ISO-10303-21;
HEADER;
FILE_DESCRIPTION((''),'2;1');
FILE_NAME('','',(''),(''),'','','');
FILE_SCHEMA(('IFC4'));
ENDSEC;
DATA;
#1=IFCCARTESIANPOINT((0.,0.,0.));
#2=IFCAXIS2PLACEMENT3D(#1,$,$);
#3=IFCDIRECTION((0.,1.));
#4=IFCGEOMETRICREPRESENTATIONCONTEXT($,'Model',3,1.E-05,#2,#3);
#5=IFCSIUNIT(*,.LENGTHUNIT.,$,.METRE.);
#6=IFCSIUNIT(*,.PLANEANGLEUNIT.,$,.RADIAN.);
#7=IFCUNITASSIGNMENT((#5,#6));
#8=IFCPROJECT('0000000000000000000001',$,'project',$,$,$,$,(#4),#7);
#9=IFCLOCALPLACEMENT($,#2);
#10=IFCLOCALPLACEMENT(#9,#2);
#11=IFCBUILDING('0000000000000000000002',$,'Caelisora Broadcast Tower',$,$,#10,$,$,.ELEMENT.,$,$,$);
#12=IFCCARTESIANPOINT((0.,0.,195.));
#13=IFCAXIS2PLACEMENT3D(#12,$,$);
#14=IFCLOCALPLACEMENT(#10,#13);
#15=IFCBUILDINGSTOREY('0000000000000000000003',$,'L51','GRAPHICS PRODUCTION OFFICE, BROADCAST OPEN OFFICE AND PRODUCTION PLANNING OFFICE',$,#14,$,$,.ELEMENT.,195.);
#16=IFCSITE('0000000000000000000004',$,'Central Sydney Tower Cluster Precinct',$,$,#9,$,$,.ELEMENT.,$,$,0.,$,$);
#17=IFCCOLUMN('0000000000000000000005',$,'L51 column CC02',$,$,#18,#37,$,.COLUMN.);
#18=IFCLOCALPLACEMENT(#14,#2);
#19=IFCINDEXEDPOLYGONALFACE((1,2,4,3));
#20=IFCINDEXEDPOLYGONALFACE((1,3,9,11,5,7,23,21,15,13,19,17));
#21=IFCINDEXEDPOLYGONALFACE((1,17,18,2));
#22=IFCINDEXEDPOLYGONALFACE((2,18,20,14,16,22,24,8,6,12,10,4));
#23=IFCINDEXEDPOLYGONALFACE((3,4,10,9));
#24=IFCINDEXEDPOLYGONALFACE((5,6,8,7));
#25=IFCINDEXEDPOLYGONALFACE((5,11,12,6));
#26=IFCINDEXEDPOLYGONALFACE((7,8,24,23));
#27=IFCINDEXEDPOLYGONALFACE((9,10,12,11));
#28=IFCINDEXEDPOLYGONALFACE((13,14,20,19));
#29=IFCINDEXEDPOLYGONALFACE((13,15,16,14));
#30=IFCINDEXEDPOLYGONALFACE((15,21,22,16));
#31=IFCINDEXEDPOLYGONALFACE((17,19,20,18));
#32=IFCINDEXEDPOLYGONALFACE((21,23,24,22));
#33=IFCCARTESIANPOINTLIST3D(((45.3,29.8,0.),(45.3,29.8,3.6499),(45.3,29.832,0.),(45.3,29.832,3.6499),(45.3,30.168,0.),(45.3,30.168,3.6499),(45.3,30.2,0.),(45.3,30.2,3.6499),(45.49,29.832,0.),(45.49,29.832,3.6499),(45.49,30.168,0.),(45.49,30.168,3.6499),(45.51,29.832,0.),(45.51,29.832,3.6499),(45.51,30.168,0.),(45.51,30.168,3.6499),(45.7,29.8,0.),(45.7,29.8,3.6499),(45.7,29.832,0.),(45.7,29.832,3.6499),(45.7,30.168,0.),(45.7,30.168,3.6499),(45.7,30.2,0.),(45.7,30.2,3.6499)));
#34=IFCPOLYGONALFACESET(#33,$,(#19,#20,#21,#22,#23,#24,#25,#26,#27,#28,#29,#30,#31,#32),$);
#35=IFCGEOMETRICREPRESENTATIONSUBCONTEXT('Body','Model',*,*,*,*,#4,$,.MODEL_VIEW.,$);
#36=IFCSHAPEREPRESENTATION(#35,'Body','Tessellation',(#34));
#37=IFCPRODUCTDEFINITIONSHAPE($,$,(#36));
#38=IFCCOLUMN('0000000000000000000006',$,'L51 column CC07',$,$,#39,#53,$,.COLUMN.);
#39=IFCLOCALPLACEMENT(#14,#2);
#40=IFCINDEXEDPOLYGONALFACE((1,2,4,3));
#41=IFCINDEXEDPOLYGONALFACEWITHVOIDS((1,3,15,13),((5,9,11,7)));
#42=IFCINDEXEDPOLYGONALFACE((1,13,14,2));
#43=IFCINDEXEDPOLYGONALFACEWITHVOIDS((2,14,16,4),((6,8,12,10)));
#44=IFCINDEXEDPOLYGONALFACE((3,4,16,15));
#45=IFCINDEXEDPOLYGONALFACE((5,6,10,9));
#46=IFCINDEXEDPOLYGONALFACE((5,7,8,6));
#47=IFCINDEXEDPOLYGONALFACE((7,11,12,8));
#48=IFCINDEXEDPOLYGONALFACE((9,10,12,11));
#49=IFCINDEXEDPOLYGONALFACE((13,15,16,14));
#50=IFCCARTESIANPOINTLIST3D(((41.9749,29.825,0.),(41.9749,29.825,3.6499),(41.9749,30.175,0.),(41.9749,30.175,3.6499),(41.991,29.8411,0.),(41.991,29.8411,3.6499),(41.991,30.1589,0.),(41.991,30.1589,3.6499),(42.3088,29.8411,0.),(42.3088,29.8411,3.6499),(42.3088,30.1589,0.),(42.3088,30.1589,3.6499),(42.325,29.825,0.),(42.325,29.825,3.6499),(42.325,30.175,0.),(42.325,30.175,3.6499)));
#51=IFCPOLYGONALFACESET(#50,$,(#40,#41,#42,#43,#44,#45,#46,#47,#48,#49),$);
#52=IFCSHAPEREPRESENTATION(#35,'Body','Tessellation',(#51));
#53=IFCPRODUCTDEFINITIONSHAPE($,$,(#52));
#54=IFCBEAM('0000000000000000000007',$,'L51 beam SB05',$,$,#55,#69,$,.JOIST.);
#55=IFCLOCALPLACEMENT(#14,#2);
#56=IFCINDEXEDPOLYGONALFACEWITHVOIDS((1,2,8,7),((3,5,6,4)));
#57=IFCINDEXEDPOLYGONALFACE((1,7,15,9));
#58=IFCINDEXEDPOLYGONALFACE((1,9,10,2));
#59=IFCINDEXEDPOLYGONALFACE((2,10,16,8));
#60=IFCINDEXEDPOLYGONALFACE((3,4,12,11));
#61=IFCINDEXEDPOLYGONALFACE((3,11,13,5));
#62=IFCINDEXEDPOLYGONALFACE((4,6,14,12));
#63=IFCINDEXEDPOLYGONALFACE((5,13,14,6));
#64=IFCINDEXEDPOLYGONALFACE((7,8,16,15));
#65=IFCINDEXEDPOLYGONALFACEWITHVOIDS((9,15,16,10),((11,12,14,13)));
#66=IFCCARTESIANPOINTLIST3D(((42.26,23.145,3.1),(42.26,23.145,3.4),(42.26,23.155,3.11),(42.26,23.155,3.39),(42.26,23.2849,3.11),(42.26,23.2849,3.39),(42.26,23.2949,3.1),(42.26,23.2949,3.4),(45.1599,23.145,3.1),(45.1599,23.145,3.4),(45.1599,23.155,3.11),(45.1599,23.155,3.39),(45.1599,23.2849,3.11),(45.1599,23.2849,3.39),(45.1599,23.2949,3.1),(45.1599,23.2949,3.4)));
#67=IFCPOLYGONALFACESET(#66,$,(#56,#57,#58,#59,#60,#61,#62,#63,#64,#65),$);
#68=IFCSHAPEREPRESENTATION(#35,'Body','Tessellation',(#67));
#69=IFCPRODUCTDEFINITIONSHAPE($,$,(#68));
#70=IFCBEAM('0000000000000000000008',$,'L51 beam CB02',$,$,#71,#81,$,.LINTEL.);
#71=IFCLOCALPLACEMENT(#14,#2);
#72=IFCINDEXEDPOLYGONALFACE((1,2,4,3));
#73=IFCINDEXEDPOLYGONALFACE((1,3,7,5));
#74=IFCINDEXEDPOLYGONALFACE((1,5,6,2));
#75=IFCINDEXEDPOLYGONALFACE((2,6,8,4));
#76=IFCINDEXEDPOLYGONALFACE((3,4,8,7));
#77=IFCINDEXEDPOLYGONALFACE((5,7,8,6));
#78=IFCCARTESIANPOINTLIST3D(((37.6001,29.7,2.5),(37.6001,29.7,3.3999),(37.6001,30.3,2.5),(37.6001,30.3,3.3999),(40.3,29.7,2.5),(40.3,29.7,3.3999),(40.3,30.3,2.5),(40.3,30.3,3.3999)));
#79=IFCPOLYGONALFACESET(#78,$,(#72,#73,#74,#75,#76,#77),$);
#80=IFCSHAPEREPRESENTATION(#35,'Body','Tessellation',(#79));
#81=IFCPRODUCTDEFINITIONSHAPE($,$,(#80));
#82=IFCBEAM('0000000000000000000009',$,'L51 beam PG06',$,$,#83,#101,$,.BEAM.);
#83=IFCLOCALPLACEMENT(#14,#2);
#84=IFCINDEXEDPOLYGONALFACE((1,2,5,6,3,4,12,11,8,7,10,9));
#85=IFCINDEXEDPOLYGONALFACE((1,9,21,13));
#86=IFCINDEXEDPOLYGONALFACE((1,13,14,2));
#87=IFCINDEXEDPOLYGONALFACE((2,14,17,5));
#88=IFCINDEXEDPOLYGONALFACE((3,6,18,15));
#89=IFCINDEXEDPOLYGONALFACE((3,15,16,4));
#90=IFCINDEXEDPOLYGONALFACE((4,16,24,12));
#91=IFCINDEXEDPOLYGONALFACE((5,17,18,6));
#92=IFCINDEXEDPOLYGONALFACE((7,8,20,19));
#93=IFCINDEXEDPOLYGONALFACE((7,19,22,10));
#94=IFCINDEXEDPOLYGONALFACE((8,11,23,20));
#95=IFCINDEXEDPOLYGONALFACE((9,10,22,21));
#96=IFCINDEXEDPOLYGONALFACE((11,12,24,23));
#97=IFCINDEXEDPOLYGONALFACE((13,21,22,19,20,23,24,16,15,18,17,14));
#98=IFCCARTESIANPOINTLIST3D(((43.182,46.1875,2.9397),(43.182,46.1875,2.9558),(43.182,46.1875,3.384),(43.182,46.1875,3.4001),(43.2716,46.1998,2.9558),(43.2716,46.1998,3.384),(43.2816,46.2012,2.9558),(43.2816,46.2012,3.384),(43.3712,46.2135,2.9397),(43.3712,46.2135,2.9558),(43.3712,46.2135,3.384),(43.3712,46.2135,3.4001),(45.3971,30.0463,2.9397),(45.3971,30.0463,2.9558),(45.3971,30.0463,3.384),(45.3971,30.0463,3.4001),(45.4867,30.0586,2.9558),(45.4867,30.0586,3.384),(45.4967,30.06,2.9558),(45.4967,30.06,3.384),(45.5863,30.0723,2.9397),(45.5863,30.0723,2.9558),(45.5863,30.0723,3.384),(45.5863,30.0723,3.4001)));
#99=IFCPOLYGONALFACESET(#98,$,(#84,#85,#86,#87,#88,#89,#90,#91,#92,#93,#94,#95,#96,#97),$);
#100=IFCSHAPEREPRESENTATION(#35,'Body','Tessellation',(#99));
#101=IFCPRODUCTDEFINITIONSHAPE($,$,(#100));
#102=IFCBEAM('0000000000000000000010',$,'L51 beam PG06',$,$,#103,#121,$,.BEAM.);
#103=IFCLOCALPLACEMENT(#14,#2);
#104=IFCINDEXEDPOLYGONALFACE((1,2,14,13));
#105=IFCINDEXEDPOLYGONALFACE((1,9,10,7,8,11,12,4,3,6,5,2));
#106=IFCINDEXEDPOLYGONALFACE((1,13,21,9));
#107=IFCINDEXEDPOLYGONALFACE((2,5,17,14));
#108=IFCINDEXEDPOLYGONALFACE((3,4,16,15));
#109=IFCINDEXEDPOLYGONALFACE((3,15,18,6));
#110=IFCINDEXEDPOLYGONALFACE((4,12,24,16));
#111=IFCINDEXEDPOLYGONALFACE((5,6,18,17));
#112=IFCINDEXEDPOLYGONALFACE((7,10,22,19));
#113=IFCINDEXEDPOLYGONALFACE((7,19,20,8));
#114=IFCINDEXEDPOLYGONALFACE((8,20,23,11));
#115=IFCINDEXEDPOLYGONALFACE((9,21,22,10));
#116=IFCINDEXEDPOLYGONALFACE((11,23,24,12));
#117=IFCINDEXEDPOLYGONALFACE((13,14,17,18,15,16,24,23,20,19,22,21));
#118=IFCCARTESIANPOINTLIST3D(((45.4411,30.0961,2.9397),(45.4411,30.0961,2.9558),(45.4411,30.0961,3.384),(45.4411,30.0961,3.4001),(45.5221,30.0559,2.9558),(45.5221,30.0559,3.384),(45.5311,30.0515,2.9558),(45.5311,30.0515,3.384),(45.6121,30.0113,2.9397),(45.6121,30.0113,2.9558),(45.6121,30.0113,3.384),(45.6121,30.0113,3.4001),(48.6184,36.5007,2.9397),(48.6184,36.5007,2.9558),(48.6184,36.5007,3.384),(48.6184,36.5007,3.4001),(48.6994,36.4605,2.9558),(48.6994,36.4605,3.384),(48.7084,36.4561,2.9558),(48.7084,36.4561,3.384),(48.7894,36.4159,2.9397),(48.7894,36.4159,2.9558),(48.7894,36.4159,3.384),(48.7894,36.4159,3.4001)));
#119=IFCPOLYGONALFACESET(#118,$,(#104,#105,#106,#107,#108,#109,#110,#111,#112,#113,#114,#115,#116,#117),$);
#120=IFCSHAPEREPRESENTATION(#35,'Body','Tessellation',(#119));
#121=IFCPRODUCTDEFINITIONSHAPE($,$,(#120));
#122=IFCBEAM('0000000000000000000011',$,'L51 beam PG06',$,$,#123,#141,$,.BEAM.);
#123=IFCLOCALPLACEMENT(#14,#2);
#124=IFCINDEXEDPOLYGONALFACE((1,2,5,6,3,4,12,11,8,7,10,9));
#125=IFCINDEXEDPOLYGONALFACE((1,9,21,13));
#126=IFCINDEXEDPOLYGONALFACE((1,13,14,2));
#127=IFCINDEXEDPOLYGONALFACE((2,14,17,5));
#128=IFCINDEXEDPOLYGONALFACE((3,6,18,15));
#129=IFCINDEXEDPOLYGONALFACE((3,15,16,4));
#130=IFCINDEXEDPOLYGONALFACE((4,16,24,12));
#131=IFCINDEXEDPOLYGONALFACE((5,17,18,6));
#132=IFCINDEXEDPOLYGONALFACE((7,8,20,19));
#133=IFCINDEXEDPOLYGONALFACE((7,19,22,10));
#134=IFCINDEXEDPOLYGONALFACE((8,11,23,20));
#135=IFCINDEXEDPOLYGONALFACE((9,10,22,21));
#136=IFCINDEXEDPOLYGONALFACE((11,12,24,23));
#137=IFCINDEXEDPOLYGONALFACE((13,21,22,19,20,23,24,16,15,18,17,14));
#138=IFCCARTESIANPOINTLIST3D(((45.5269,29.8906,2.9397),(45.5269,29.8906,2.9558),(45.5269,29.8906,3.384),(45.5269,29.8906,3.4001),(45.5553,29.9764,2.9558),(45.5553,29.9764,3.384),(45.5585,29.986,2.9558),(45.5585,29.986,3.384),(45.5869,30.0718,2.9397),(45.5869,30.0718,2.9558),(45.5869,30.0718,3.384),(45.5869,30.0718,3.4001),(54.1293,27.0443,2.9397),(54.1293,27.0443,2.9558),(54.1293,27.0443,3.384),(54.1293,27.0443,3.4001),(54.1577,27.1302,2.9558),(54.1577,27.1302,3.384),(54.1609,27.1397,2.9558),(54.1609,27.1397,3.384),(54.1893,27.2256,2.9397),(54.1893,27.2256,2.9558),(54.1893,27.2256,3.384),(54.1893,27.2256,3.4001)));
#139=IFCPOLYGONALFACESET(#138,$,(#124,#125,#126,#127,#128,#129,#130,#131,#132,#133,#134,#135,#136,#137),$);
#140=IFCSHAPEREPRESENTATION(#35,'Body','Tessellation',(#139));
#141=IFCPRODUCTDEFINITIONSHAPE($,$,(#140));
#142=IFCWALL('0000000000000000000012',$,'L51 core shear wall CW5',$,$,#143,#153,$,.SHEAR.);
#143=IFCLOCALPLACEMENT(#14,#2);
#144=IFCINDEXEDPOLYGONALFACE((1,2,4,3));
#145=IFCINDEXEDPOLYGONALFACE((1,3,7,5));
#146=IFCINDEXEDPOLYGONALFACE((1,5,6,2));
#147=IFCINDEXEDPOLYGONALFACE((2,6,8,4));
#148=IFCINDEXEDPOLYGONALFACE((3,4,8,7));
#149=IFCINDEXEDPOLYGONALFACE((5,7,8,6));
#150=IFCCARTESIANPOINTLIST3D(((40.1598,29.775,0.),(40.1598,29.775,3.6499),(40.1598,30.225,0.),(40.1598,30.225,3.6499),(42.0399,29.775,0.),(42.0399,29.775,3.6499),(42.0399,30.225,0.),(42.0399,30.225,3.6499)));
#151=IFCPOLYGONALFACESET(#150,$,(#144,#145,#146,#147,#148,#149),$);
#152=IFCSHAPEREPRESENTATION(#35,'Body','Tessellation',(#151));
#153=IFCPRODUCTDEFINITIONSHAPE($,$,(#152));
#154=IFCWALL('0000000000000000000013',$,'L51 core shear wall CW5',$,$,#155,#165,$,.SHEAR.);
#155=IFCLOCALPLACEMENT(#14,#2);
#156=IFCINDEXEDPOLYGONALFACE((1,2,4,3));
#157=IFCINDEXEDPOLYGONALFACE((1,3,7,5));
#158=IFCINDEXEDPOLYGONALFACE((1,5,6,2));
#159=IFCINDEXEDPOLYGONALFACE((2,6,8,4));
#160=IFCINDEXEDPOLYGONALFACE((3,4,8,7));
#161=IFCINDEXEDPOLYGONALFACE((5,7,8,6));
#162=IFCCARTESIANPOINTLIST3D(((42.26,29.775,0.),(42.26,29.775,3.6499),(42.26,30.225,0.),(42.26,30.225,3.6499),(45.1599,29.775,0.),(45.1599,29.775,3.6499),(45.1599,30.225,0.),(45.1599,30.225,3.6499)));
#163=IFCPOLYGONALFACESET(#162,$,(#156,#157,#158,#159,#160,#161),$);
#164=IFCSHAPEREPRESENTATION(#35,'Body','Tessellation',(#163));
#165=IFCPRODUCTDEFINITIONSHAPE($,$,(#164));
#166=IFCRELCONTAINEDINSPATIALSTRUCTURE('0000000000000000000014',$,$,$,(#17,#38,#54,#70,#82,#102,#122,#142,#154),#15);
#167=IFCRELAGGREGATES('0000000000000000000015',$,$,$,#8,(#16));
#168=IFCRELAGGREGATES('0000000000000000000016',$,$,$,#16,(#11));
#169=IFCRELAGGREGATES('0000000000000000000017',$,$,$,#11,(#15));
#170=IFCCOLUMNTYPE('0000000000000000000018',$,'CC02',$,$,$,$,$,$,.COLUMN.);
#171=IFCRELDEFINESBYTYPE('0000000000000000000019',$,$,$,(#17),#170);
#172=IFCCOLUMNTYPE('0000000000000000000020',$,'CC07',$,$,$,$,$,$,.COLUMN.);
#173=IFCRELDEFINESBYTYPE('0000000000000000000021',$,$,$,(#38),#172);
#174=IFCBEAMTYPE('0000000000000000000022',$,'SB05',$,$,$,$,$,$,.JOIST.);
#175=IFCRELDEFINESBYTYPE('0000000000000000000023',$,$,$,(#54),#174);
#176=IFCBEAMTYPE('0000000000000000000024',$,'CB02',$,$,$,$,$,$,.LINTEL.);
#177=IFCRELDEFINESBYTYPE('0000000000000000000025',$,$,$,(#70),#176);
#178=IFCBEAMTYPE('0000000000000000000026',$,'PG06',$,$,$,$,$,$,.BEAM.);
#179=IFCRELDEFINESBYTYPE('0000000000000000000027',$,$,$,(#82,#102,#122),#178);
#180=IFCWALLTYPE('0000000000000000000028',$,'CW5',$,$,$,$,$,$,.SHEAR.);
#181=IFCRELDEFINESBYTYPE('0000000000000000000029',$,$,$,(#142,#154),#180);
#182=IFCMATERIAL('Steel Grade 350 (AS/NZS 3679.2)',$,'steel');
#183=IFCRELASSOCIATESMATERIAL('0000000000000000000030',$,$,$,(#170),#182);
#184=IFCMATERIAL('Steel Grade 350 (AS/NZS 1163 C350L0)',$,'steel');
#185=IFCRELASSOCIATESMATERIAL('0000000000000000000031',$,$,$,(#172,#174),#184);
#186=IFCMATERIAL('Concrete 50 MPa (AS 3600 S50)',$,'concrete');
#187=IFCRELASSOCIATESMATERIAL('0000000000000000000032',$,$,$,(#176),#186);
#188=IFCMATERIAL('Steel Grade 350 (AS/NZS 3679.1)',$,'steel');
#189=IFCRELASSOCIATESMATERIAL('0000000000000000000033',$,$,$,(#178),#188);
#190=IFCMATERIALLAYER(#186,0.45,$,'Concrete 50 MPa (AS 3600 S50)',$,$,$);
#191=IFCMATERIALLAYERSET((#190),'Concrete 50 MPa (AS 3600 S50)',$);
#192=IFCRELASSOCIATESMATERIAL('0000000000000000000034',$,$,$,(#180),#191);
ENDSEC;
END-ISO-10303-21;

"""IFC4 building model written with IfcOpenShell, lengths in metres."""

from ifc_helpers import new_model, si_unit, direction, frame, frame_2d, origin, origin_2d, place, context, subcontext, project, spatial, rectangle, hollow_rectangle, i_section, extrude, source, transform, mapped, material, layer, layer_set, material_profile, profile_set, type_object, type_shapes, element, save


model = new_model("IFC4")

# Units and contexts
model_context = context("Model", 3, precision=1e-05, world=origin(), true_north=direction((0.0, 1.0)))
body_context = subcontext(model_context, "Body", "Model", "MODEL_VIEW")
ifc_project = project(units=[si_unit("LENGTHUNIT", "METRE"), si_unit("PLANEANGLEUNIT", "RADIAN")], contexts=[model_context])

# Site, building, storey
site_placement = place(None, origin())
site = spatial("IfcSite", under=ifc_project, at=site_placement, Name="Central Sydney Tower Cluster Precinct", CompositionType="ELEMENT", RefElevation=0.0)
building_placement = place(site_placement, origin())
building = spatial("IfcBuilding", under=site, at=building_placement, Name="Caelisora Broadcast Tower", CompositionType="ELEMENT")
storey_placement = place(building_placement, frame((0.0, 0.0, 195.0)))
storey = spatial("IfcBuildingStorey", under=building, at=storey_placement, Name="L51", Description="GRAPHICS PRODUCTION OFFICE, BROADCAST OPEN OFFICE AND PRODUCTION PLANNING OFFICE", CompositionType="ELEMENT", Elevation=195.0)

# Columns
ifc_material_1 = material(Name="Steel Grade 350 (AS/NZS 3679.2)", Category="steel")
ifc_material_profile_1 = material_profile(ifc_material_1, i_section(OverallWidth=0.3999, OverallDepth=0.3999, WebThickness=0.02, FlangeThickness=0.032, at=origin_2d()), Name="Steel Grade 350 (AS/NZS 3679.2)")
ifc_profile_set_1 = profile_set([ifc_material_profile_1], Name="Steel Grade 350 (AS/NZS 3679.2)")
column_type_1 = type_object("IfcColumnType", Name="CC02", PredefinedType="COLUMN", material=ifc_profile_set_1)
shared_shape_1 = source(origin(), body_context, "Body", "SweptSolid", [
    extrude(i_section(OverallWidth=0.3999, OverallDepth=0.3999, WebThickness=0.02, FlangeThickness=0.032, at=origin_2d()), origin(), (0.0, 0.0, 1.0), 3.6499),
])
type_shapes(column_type_1, [shared_shape_1])
column_1_placement = place(storey_placement, frame((45.5, 30.0, 0.0), z_axis=(0.0, 0.0, 1.0), x_axis=(1.0, 0.0, 0.0)))
element("IfcColumn", 1, at=column_1_placement, inside=storey, type_object=column_type_1, Name="L51 column CC02", PredefinedType="COLUMN", context=body_context, shape_type="MappedRepresentation", body=[
    mapped(shared_shape_1, transform((0.0, 0.0, 0.0), scale=1.0)),
])
ifc_material_2 = material(Name="Steel Grade 350 (AS/NZS 1163 C350L0)", Category="steel")
ifc_material_profile_2 = material_profile(ifc_material_2, hollow_rectangle(XDim=0.3501, YDim=0.3501, WallThickness=0.0161, at=origin_2d()), Name="Steel Grade 350 (AS/NZS 1163 C350L0)")
ifc_profile_set_2 = profile_set([ifc_material_profile_2], Name="Steel Grade 350 (AS/NZS 1163 C350L0)")
column_type_2 = type_object("IfcColumnType", Name="CC07", PredefinedType="COLUMN", material=ifc_profile_set_2)
shared_shape_2 = source(origin(), body_context, "Body", "SweptSolid", [
    extrude(hollow_rectangle(XDim=0.3501, YDim=0.3501, WallThickness=0.0161, at=origin_2d()), origin(), (0.0, 0.0, 1.0), 3.6499),
])
type_shapes(column_type_2, [shared_shape_2])
column_2_placement = place(storey_placement, frame((42.1499, 30.0, 0.0), z_axis=(0.0, 0.0, 1.0), x_axis=(1.0, 0.0, 0.0)))
element("IfcColumn", 2, at=column_2_placement, inside=storey, type_object=column_type_2, Name="L51 column CC07", PredefinedType="COLUMN", context=body_context, shape_type="MappedRepresentation", body=[
    mapped(shared_shape_2, transform((0.0, 0.0, 0.0), scale=1.0)),
])

# Beams
ifc_material_profile_3 = material_profile(ifc_material_2, hollow_rectangle(XDim=0.1499, YDim=0.3, WallThickness=0.01, at=origin_2d()), Name="Steel Grade 350 (AS/NZS 1163 C350L0)")
ifc_profile_set_3 = profile_set([ifc_material_profile_3], Name="Steel Grade 350 (AS/NZS 1163 C350L0)")
beam_type_1 = type_object("IfcBeamType", Name="SB05", PredefinedType="JOIST", material=ifc_profile_set_3)
shared_shape_3 = source(origin(), body_context, "Body", "SweptSolid", [
    extrude(hollow_rectangle(XDim=0.1499, YDim=0.3, WallThickness=0.01, at=origin_2d()), origin(), (0.0, 0.0, 1.0), 2.8999),
])
type_shapes(beam_type_1, [shared_shape_3])
beam_1_placement = place(storey_placement, frame((42.26, 23.22, 3.25), z_axis=(1.0, 0.0, 0.0), x_axis=(0.0, 1.0, 0.0)))
element("IfcBeam", 3, at=beam_1_placement, inside=storey, type_object=beam_type_1, Name="L51 beam SB05", PredefinedType="JOIST", context=body_context, shape_type="MappedRepresentation", body=[
    mapped(shared_shape_3, transform((0.0, 0.0, 0.0), scale=1.0)),
])
ifc_material_3 = material(Name="Concrete 50 MPa (AS 3600 S50)", Category="concrete")
ifc_material_profile_4 = material_profile(ifc_material_3, rectangle(XDim=0.6001, YDim=0.8999, at=origin_2d()), Name="Concrete 50 MPa (AS 3600 S50)")
ifc_profile_set_4 = profile_set([ifc_material_profile_4], Name="Concrete 50 MPa (AS 3600 S50)")
beam_type_2 = type_object("IfcBeamType", Name="CB02", PredefinedType="LINTEL", material=ifc_profile_set_4)
shared_shape_4 = source(origin(), body_context, "Body", "SweptSolid", [
    extrude(rectangle(XDim=0.6001, YDim=0.8999, at=origin_2d()), origin(), (0.0, 0.0, 1.0), 2.7),
])
type_shapes(beam_type_2, [shared_shape_4])
beam_2_placement = place(storey_placement, frame((37.6001, 30.0, 2.95), z_axis=(1.0, 0.0, 0.0), x_axis=(0.0, 1.0, 0.0)))
element("IfcBeam", 4, at=beam_2_placement, inside=storey, type_object=beam_type_2, Name="L51 beam CB02", PredefinedType="LINTEL", context=body_context, shape_type="MappedRepresentation", body=[
    mapped(shared_shape_4, transform((0.0, 0.0, 0.0), scale=1.0)),
])
ifc_material_4 = material(Name="Steel Grade 350 (AS/NZS 3679.1)", Category="steel")
ifc_material_profile_5 = material_profile(ifc_material_4, i_section(OverallWidth=0.1909, OverallDepth=0.4604, WebThickness=0.01, FlangeThickness=0.0161, at=origin_2d()), Name="Steel Grade 350 (AS/NZS 3679.1)")
ifc_profile_set_5 = profile_set([ifc_material_profile_5], Name="Steel Grade 350 (AS/NZS 3679.1)")
beam_type_3 = type_object("IfcBeamType", Name="PG06", PredefinedType="BEAM", material=ifc_profile_set_5)
shared_shape_5 = source(origin(), body_context, "Body", "SweptSolid", [
    extrude(i_section(OverallWidth=0.1909, OverallDepth=0.4604, WebThickness=0.01, FlangeThickness=0.0161, at=origin_2d()), origin(), (0.0, 0.0, 1.0), 16.2925),
])
beam_3_placement = place(storey_placement, frame((45.4917, 30.0593, 3.1699), z_axis=(-0.135958, 0.990715, 0.0), x_axis=(-0.990715, -0.135958, 0.0)))
element("IfcBeam", 5, at=beam_3_placement, inside=storey, type_object=beam_type_3, Name="L51 beam PG06", PredefinedType="BEAM", context=body_context, shape_type="MappedRepresentation", body=[
    mapped(shared_shape_5, transform((0.0, 0.0, 0.0), scale=1.0)),
])
shared_shape_6 = source(origin(), body_context, "Body", "SweptSolid", [
    extrude(i_section(OverallWidth=0.1909, OverallDepth=0.4604, WebThickness=0.01, FlangeThickness=0.0161, at=origin_2d()), origin(), (0.0, 0.0, 1.0), 7.1494),
])
beam_4_placement = place(storey_placement, frame((45.5266, 30.0537, 3.1699), z_axis=(0.444411, 0.895823, 0.0), x_axis=(-0.895823, 0.444411, 0.0)))
element("IfcBeam", 6, at=beam_4_placement, inside=storey, type_object=beam_type_3, Name="L51 beam PG06", PredefinedType="BEAM", context=body_context, shape_type="MappedRepresentation", body=[
    mapped(shared_shape_6, transform((0.0, 0.0, 0.0), scale=1.0)),
])
shared_shape_7 = source(origin(), body_context, "Body", "SweptSolid", [
    extrude(i_section(OverallWidth=0.1909, OverallDepth=0.4604, WebThickness=0.01, FlangeThickness=0.0161, at=origin_2d()), origin(), (0.0, 0.0, 1.0), 9.061),
])
type_shapes(beam_type_3, [shared_shape_5, shared_shape_6, shared_shape_7])
beam_5_placement = place(storey_placement, frame((45.5569, 29.9812, 3.1699), z_axis=(0.949384, -0.314117, 0.0), x_axis=(0.314117, 0.949384, 0.0)))
element("IfcBeam", 7, at=beam_5_placement, inside=storey, type_object=beam_type_3, Name="L51 beam PG06", PredefinedType="BEAM", context=body_context, shape_type="MappedRepresentation", body=[
    mapped(shared_shape_7, transform((0.0, 0.0, 0.0), scale=1.0)),
])

# Walls
ifc_layer_1 = layer(ifc_material_3, 0.45, Name="Concrete 50 MPa (AS 3600 S50)")
ifc_layer_set_1 = layer_set([ifc_layer_1], Name="Concrete 50 MPa (AS 3600 S50)")
wall_type_1 = type_object("IfcWallType", Name="CW5", PredefinedType="SHEAR", material=ifc_layer_set_1)
wall_1_placement = place(storey_placement, frame((40.1599, 30.0, 0.0), z_axis=(0.0, 0.0, 1.0), x_axis=(1.0, 0.0, 0.0)))
element("IfcWall", 8, at=wall_1_placement, inside=storey, type_object=wall_type_1, Name="L51 core shear wall CW5", PredefinedType="SHEAR", context=body_context, shape_type="SweptSolid", body=[
    extrude(rectangle(XDim=1.8801, YDim=0.45, at=frame_2d((0.9399, 0.0))), origin(), (0.0, 0.0, 1.0), 3.6499),
])
wall_2_placement = place(storey_placement, frame((42.26, 30.0, 0.0), z_axis=(0.0, 0.0, 1.0), x_axis=(1.0, 0.0, 0.0)))
element("IfcWall", 9, at=wall_2_placement, inside=storey, type_object=wall_type_1, Name="L51 core shear wall CW5", PredefinedType="SHEAR", context=body_context, shape_type="SweptSolid", body=[
    extrude(rectangle(XDim=2.8999, YDim=0.45, at=frame_2d((1.45, 0.0))), origin(), (0.0, 0.0, 1.0), 3.6499),
])

save(model, "model.ifc")
